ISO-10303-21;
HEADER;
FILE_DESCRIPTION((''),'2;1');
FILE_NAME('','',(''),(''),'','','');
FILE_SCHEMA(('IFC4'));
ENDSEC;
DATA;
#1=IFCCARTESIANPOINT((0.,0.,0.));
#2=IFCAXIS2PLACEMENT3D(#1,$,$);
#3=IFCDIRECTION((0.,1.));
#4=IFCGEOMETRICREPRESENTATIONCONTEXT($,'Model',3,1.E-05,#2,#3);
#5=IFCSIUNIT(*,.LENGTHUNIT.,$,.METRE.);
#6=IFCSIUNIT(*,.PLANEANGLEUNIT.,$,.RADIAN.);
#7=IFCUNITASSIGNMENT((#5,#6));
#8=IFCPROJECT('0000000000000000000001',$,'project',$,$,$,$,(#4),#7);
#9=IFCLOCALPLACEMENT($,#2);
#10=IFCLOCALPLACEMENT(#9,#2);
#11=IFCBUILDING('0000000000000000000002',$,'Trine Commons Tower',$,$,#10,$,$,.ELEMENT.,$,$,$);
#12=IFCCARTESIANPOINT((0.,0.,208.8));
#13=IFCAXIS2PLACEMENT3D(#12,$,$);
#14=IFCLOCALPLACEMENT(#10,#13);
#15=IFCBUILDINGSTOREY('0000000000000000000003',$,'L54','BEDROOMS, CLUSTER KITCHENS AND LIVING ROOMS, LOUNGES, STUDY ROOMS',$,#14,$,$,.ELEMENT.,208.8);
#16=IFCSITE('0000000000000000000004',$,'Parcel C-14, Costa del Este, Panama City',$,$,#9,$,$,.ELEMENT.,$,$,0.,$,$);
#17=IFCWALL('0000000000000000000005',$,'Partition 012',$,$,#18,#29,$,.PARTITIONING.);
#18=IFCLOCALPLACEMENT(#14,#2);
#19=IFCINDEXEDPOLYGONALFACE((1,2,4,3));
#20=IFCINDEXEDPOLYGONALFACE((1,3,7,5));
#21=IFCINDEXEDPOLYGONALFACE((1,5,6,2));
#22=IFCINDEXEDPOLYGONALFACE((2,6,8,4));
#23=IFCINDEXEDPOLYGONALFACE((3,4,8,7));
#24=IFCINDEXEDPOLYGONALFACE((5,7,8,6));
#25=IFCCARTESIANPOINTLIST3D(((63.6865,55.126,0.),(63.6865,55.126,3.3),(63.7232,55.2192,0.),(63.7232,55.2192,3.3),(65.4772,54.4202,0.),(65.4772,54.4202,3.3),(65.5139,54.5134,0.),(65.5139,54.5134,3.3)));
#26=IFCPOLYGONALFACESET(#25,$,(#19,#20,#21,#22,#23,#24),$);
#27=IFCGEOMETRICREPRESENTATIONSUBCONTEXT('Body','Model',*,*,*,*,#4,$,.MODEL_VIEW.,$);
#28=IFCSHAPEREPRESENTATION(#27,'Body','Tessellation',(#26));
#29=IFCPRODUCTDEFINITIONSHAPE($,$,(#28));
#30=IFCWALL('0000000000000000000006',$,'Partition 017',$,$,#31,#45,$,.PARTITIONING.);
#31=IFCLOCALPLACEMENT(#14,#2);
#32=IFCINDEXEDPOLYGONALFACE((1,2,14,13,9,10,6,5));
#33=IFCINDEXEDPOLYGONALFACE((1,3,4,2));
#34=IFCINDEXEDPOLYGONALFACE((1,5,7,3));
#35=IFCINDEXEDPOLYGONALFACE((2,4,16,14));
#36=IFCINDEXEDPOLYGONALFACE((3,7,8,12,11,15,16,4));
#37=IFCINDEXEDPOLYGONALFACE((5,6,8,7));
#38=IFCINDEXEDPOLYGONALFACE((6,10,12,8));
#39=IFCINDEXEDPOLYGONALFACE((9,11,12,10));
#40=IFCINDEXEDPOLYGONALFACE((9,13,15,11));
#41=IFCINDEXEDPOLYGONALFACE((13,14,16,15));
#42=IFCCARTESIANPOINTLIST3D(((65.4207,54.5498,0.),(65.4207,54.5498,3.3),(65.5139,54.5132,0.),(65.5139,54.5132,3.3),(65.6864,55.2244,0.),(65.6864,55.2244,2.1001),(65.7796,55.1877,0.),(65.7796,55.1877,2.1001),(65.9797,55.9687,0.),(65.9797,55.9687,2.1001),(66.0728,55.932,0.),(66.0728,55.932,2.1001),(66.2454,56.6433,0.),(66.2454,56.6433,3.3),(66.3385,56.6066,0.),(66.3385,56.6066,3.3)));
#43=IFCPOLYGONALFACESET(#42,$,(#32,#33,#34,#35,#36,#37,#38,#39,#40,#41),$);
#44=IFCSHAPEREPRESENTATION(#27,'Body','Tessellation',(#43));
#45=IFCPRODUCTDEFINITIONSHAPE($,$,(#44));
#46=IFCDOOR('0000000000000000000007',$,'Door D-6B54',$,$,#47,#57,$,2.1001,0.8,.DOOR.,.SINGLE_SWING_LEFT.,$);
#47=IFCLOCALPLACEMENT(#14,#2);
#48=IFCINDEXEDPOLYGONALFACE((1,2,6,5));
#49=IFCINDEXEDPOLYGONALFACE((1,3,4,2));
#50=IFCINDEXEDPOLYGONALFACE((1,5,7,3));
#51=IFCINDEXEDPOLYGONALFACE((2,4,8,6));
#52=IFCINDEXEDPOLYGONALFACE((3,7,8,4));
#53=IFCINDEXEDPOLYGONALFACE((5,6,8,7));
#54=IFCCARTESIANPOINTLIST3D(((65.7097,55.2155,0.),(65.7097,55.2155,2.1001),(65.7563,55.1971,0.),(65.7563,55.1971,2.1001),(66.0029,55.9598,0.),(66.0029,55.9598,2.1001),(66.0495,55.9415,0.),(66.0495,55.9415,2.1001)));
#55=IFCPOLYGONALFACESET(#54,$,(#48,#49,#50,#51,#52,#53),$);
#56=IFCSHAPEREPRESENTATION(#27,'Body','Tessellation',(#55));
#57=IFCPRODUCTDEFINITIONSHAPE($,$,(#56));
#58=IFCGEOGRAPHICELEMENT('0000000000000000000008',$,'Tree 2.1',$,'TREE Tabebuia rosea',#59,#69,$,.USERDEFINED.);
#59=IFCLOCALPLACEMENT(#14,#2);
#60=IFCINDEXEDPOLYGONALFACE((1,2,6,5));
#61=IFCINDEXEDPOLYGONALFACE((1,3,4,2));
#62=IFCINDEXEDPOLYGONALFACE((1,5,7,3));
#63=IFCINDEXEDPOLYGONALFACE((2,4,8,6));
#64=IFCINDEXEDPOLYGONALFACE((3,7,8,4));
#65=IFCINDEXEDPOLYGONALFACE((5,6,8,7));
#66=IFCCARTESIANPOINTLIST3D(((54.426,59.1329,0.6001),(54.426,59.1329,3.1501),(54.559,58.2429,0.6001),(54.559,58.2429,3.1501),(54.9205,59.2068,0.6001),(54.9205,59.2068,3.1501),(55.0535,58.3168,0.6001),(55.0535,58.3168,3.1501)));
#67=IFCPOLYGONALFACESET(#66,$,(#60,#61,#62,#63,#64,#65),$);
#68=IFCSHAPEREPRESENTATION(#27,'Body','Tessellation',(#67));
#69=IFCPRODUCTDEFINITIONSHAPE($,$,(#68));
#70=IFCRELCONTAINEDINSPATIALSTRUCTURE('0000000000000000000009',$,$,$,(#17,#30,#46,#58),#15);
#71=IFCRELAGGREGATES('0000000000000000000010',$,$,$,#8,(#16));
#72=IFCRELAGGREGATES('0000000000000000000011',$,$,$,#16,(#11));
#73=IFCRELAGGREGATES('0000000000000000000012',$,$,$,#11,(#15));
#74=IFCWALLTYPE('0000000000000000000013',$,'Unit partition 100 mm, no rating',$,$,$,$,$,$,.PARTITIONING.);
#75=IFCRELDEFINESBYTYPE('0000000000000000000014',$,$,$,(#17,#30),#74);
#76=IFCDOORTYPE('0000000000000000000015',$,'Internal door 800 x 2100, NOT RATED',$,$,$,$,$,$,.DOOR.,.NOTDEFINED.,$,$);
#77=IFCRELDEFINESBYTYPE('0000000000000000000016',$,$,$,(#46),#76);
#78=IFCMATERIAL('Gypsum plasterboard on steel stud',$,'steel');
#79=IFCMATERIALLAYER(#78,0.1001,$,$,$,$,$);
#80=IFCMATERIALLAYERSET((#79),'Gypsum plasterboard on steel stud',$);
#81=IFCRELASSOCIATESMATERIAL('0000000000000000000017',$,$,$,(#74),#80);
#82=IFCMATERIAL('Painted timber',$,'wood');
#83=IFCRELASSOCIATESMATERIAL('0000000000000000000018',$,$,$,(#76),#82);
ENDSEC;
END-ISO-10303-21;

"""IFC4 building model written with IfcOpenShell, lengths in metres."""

from ifc_helpers import new_model, si_unit, direction, frame, frame_2d, origin, origin_2d, place, context, subcontext, project, spatial, rectangle, extrude, material, layer, layer_set, type_object, element, fill, save


model = new_model("IFC4")

# Units and contexts
model_context = context("Model", 3, precision=1e-05, world=origin(), true_north=direction((0.0, 1.0)))
body_context = subcontext(model_context, "Body", "Model", "MODEL_VIEW")
ifc_project = project(units=[si_unit("LENGTHUNIT", "METRE"), si_unit("PLANEANGLEUNIT", "RADIAN")], contexts=[model_context])

# Site, building, storey
site_placement = place(None, origin())
site = spatial("IfcSite", under=ifc_project, at=site_placement, Name="Parcel C-14, Costa del Este, Panama City", CompositionType="ELEMENT", RefElevation=0.0)
building_placement = place(site_placement, origin())
building = spatial("IfcBuilding", under=site, at=building_placement, Name="Trine Commons Tower", CompositionType="ELEMENT")
storey_placement = place(building_placement, frame((0.0, 0.0, 208.8)))
storey = spatial("IfcBuildingStorey", under=building, at=storey_placement, Name="L54", Description="BEDROOMS, CLUSTER KITCHENS AND LIVING ROOMS, LOUNGES, STUDY ROOMS", CompositionType="ELEMENT", Elevation=208.8)

# Shared definitions
ifc_material_1 = material(Name="Gypsum plasterboard on steel stud", Category="steel")

# Shared definitions
ifc_material_2 = material(Name="Painted timber", Category="wood")

# Shared definitions
ifc_layer_1 = layer(ifc_material_1, 0.1001)
ifc_layer_set_1 = layer_set([ifc_layer_1], Name="Gypsum plasterboard on steel stud")
wall_type_1 = type_object("IfcWallType", Name="Unit partition 100 mm, no rating", PredefinedType="PARTITIONING", material=ifc_layer_set_1)
door_type_1 = type_object("IfcDoorType", Name="Internal door 800 x 2100, NOT RATED", OperationType="NOTDEFINED", PredefinedType="DOOR", material=ifc_material_2)

# Wall
wall_1_placement = place(storey_placement, frame((63.7048, 55.1726, 0.0), z_axis=(0.0, 0.0, 1.0), x_axis=(0.930345, -0.366684, 0.0)))
element("IfcWall", 1, at=wall_1_placement, inside=storey, type_object=wall_type_1, Name="Partition 012", PredefinedType="PARTITIONING", context=body_context, shape_type="SweptSolid", body=[
    extrude(rectangle(XDim=1.9248, YDim=0.1001, at=frame_2d((0.9624, 0.0))), origin(), (0.0, 0.0, 1.0), 3.3),
])

# Wall, opening, door
wall_2_placement = place(storey_placement, frame((65.4673, 54.5315, 0.0), z_axis=(0.0, 0.0, 1.0), x_axis=(0.366522, 0.93041, 0.0)))
wall_2 = element("IfcWall", 2, at=wall_2_placement, inside=storey, type_object=wall_type_1, Name="Partition 017", PredefinedType="PARTITIONING", context=body_context, shape_type="SweptSolid", body=[
    extrude(rectangle(XDim=2.25, YDim=0.1001, at=frame_2d((1.125, 0.0))), origin(), (0.0, 0.0, 1.0), 3.3),
])
opening_1_placement = place(wall_2_placement, frame((0.7251, 0.0, 0.0)))
opening_1 = element("IfcOpeningElement", 3, at=opening_1_placement, cuts=wall_2, PredefinedType="OPENING", context=body_context, shape_type="SweptSolid", body=[
    extrude(rectangle(XDim=0.8, YDim=2.1001, at=frame_2d((0.3999, 1.05))), frame((0.0, 0.0601, 0.0), z_axis=(0.0, -1.0, 0.0), x_axis=(1.0, 0.0, 0.0)), (0.0, 0.0, 1.0), 0.1201),
])
door_1_placement = place(opening_1_placement, frame((0.8, 0.0, 0.0), z_axis=(0.0, 0.0, 1.0), x_axis=(-1.0, 0.0, 0.0)))
door_1 = element("IfcDoor", 4, at=door_1_placement, inside=storey, type_object=door_type_1, Name="Door D-6B54", OperationType="SINGLE_SWING_LEFT", OverallHeight=2.1001, OverallWidth=0.8, PredefinedType="DOOR", context=body_context, shape_type="SweptSolid", body=[
    extrude(rectangle(XDim=0.8, YDim=2.1001, at=frame_2d((0.3999, 1.05))), frame((0.0, 0.0249, 0.0), z_axis=(0.0, -1.0, 0.0), x_axis=(1.0, 0.0, 0.0)), (0.0, 0.0, 1.0), 0.05),
])
fill(opening_1, door_1)

# Geographic element
geographic_element_placement = place(storey_placement, frame((54.7397, 58.7249, 0.6001), z_axis=(0.0, 0.0, 1.0), x_axis=(-0.147813, 0.989015, 0.0)))
element("IfcGeographicElement", 5, at=geographic_element_placement, inside=storey, Name="Tree 2.1", ObjectType="TREE Tabebuia rosea", PredefinedType="USERDEFINED", context=body_context, shape_type="SweptSolid", body=[
    extrude(rectangle(XDim=0.8999, YDim=0.5, at=origin_2d()), origin(), (0.0, 0.0, 1.0), 2.55),
])

save(model, "model.ifc")
